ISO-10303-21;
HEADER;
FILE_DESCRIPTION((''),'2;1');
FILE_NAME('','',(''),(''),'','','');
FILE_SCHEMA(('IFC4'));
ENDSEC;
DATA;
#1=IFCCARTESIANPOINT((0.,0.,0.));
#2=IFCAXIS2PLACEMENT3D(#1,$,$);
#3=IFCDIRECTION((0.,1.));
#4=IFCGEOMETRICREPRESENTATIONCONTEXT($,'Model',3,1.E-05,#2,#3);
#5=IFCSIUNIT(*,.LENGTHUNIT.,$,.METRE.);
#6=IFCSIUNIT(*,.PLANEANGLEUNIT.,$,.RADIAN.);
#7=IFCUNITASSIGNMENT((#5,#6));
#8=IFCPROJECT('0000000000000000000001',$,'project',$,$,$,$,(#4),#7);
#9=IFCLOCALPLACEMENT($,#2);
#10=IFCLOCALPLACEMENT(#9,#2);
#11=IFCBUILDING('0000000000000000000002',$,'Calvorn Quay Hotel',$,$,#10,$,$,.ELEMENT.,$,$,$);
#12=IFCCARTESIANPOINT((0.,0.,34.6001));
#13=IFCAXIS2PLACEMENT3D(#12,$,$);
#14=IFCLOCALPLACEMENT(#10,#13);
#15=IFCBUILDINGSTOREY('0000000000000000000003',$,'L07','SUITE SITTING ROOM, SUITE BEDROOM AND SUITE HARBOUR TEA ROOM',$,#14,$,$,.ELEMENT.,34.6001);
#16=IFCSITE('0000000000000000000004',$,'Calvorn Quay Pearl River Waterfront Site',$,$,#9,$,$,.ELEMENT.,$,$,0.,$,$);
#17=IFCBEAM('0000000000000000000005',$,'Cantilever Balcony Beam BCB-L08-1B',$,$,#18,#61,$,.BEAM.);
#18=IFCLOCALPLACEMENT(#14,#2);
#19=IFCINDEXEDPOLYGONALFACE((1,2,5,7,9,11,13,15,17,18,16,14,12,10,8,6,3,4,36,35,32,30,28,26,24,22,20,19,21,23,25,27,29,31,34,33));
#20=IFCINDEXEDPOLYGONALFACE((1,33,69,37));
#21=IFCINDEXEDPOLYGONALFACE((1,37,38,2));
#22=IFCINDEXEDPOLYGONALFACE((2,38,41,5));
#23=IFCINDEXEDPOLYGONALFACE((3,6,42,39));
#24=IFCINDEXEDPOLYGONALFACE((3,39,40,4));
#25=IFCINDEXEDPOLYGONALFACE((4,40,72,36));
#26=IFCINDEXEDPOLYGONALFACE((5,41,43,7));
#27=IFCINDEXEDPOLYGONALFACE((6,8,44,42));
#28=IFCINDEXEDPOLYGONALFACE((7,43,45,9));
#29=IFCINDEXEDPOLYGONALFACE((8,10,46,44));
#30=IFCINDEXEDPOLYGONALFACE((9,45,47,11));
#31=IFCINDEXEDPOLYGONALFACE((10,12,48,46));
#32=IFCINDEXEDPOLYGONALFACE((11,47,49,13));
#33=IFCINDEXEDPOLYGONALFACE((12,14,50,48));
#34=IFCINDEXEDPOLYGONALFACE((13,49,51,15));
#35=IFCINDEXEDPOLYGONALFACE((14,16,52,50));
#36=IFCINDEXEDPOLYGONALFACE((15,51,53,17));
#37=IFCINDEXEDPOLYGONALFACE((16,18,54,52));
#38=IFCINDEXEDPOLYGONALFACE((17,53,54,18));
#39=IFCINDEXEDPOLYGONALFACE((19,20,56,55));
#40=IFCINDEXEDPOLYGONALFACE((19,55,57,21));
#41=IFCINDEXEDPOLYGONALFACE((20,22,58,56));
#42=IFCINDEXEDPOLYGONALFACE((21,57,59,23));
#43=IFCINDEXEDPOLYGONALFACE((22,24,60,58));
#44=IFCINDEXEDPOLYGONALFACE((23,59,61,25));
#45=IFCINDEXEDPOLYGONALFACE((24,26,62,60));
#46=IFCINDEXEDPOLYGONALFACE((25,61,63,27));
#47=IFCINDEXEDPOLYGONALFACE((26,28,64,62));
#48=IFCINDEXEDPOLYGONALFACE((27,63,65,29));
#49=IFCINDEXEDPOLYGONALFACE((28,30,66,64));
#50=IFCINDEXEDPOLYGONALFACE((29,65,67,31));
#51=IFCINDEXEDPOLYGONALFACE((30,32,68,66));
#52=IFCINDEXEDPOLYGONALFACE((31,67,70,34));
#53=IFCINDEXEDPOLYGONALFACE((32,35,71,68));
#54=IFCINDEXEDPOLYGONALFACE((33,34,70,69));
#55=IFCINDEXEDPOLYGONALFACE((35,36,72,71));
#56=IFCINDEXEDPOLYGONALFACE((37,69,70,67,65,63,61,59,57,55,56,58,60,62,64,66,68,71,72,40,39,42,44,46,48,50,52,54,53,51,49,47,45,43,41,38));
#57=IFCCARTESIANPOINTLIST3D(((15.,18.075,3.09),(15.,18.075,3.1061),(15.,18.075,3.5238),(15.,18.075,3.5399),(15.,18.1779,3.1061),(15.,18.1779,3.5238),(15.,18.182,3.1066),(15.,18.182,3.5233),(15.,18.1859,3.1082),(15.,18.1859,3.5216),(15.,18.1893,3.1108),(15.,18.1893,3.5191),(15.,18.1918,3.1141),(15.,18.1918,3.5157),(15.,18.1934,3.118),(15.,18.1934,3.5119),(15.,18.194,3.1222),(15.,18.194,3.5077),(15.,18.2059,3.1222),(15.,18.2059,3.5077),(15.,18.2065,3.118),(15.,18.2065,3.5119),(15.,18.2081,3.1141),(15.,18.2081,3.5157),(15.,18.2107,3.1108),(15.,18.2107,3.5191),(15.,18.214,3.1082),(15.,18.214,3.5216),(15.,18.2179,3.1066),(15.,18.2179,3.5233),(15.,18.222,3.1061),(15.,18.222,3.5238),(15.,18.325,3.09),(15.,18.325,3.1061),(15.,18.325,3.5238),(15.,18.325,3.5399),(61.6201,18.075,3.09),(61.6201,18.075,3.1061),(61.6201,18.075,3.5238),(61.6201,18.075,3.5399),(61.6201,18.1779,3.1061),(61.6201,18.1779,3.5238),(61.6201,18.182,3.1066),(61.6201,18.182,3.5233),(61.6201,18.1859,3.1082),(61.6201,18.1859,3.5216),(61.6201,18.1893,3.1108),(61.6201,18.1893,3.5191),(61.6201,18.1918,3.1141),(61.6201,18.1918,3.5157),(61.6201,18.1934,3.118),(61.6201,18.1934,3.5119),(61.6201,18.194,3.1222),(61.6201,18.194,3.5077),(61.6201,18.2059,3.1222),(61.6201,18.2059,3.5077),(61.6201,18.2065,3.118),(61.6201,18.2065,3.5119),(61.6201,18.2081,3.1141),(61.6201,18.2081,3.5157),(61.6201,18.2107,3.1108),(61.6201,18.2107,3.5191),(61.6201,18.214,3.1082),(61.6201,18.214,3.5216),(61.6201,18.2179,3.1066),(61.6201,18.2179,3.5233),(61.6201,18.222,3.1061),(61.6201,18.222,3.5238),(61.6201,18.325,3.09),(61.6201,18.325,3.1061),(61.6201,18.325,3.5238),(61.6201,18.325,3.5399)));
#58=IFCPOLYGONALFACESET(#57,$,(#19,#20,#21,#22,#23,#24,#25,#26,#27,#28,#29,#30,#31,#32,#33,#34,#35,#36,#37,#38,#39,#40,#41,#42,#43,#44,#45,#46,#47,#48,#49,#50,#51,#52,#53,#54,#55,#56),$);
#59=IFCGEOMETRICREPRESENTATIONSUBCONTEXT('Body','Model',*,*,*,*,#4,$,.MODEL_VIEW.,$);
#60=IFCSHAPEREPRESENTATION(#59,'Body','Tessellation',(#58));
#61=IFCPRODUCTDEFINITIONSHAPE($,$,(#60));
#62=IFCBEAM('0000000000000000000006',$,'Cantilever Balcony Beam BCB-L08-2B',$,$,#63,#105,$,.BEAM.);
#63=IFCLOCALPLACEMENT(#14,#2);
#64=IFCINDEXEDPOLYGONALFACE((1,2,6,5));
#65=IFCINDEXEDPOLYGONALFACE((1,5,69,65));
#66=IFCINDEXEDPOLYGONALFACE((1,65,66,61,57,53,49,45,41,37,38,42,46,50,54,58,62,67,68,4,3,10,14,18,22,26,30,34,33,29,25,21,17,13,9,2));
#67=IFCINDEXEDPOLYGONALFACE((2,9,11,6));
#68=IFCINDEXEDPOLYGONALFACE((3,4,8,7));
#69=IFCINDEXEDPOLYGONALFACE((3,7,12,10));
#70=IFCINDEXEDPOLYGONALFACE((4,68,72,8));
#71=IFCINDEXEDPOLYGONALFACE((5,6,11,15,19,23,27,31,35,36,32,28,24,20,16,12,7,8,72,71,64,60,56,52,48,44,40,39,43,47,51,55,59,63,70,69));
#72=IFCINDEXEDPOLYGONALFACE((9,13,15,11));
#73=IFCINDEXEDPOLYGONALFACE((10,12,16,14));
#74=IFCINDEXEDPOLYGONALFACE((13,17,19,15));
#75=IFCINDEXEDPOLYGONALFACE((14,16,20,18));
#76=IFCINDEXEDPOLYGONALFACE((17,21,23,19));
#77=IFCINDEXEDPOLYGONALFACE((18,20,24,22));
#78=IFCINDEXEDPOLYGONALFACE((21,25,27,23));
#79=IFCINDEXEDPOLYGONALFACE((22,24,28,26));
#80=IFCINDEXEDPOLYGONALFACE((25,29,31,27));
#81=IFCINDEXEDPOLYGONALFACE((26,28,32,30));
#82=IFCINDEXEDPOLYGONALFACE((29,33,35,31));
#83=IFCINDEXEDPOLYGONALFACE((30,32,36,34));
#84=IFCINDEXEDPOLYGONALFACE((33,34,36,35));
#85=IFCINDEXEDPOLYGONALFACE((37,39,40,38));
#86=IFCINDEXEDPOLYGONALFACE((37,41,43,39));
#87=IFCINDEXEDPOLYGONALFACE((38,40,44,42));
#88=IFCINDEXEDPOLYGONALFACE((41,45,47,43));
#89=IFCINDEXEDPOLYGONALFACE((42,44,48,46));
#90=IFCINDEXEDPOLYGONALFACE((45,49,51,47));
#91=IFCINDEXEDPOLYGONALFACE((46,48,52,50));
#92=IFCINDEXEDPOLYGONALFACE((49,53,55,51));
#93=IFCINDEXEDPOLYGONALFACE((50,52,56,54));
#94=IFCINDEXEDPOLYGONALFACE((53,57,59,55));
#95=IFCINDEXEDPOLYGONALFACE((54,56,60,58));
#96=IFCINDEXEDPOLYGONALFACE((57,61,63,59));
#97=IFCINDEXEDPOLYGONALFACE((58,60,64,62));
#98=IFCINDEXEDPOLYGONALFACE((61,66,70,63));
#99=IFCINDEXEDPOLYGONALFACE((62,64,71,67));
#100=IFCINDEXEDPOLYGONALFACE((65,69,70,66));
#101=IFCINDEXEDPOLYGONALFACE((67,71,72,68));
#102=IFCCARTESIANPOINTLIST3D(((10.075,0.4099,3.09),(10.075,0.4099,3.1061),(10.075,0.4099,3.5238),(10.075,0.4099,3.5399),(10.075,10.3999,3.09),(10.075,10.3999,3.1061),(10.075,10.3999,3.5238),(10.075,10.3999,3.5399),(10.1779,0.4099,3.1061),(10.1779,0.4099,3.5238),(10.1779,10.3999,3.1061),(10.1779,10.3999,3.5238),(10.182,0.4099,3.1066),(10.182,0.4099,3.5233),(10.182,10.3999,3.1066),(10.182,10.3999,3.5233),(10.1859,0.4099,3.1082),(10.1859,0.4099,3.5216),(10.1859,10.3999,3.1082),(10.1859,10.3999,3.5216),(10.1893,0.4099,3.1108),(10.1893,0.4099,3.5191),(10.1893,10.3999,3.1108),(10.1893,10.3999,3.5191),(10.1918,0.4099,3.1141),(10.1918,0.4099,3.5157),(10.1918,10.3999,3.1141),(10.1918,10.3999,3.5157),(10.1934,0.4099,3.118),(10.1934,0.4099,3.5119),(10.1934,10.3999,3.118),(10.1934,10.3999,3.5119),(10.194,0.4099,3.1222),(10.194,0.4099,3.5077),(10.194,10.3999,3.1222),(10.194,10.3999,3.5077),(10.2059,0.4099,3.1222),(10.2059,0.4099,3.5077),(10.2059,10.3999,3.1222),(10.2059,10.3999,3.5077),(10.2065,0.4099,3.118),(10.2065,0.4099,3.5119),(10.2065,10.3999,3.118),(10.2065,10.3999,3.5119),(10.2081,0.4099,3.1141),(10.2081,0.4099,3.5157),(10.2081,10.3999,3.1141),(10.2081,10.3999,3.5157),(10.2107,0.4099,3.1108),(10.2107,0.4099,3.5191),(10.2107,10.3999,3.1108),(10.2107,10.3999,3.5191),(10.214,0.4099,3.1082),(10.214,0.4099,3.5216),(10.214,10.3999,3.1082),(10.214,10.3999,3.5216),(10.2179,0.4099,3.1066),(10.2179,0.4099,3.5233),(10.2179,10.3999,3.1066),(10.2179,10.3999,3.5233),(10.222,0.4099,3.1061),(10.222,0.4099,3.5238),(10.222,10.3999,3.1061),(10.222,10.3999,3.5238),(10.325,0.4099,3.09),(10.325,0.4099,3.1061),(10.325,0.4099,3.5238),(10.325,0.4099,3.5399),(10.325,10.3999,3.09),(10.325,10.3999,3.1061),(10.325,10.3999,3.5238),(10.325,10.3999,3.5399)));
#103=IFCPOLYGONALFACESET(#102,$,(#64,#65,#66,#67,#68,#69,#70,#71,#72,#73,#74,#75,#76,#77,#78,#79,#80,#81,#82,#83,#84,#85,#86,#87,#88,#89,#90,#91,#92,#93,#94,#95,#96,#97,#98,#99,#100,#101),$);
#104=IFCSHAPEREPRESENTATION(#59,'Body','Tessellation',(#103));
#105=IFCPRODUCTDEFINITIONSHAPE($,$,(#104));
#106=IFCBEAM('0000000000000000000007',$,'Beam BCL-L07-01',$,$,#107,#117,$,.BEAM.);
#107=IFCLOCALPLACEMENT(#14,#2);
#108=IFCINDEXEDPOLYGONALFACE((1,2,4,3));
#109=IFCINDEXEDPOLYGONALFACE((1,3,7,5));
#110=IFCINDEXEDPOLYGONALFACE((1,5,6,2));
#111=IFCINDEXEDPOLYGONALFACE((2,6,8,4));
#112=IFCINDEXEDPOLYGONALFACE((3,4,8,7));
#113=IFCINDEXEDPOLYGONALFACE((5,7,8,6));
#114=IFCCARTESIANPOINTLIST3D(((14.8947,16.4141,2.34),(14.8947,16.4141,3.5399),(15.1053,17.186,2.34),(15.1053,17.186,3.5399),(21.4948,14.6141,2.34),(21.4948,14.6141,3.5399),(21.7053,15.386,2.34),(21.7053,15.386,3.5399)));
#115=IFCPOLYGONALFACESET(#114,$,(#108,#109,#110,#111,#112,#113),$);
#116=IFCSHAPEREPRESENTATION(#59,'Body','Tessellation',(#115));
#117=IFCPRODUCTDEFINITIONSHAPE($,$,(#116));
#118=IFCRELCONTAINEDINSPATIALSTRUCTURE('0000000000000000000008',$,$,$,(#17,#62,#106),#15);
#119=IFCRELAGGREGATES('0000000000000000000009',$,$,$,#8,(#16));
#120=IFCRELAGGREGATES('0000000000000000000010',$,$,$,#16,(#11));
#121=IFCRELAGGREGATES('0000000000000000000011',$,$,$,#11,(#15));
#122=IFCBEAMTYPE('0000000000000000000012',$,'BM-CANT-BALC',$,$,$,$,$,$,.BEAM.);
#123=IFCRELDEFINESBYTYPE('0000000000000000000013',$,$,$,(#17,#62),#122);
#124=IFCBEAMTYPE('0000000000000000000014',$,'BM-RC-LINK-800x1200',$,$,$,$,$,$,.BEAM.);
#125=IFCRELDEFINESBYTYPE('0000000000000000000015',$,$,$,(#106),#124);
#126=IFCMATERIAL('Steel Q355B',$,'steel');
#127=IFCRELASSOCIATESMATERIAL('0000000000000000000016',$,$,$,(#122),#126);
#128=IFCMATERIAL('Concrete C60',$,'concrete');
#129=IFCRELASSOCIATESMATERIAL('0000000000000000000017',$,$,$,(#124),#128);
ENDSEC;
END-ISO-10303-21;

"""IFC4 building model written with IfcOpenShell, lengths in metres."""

from ifc_helpers import new_model, si_unit, direction, frame, origin, origin_2d, place, context, subcontext, project, spatial, rectangle, i_section, extrude, material, material_profile, profile_set, type_object, element, save


model = new_model("IFC4")

# Units and contexts
model_context = context("Model", 3, precision=1e-05, world=origin(), true_north=direction((0.0, 1.0)))
body_context = subcontext(model_context, "Body", "Model", "MODEL_VIEW")
ifc_project = project(units=[si_unit("LENGTHUNIT", "METRE"), si_unit("PLANEANGLEUNIT", "RADIAN")], contexts=[model_context])

# Site, building, storey
site_placement = place(None, origin())
site = spatial("IfcSite", under=ifc_project, at=site_placement, Name="Calvorn Quay Pearl River Waterfront Site", CompositionType="ELEMENT", RefElevation=0.0)
building_placement = place(site_placement, origin())
building = spatial("IfcBuilding", under=site, at=building_placement, Name="Calvorn Quay Hotel", CompositionType="ELEMENT")
storey_placement = place(building_placement, frame((0.0, 0.0, 34.6001)))
storey = spatial("IfcBuildingStorey", under=building, at=storey_placement, Name="L07", Description="SUITE SITTING ROOM, SUITE BEDROOM AND SUITE HARBOUR TEA ROOM", CompositionType="ELEMENT", Elevation=34.6001)

# Beams
ifc_material_1 = material(Name="Steel Q355B", Category="steel")
ifc_material_profile_1 = material_profile(ifc_material_1, i_section(OverallWidth=0.25, OverallDepth=0.45, WebThickness=0.012, FlangeThickness=0.0161, FilletRadius=0.0161, at=origin_2d()), Name="HN450x250x12x16")
ifc_profile_set_1 = profile_set([ifc_material_profile_1], Name="Steel Q355B")
beam_type_1 = type_object("IfcBeamType", Name="BM-CANT-BALC", PredefinedType="BEAM", material=ifc_profile_set_1)
beam_1_placement = place(storey_placement, frame((15.0, 18.2, 3.3149), z_axis=(1.0, 0.0, 0.0), x_axis=(0.0, 1.0, 0.0)))
element("IfcBeam", 1, at=beam_1_placement, inside=storey, type_object=beam_type_1, Name="Cantilever Balcony Beam BCB-L08-1B", PredefinedType="BEAM", context=body_context, shape_type="SweptSolid", body=[
    extrude(i_section(OverallWidth=0.25, OverallDepth=0.45, WebThickness=0.012, FlangeThickness=0.0161, FilletRadius=0.0161, at=origin_2d()), origin(), (0.0, 0.0, 1.0), 46.6201),
])
beam_2_placement = place(storey_placement, frame((10.2, 10.3999, 3.3149), z_axis=(0.0, -1.0, 0.0), x_axis=(1.0, 0.0, 0.0)))
element("IfcBeam", 2, at=beam_2_placement, inside=storey, type_object=beam_type_1, Name="Cantilever Balcony Beam BCB-L08-2B", PredefinedType="BEAM", context=body_context, shape_type="SweptSolid", body=[
    extrude(i_section(OverallWidth=0.25, OverallDepth=0.45, WebThickness=0.012, FlangeThickness=0.0161, FilletRadius=0.0161, at=origin_2d()), origin(), (0.0, 0.0, 1.0), 9.99),
])
ifc_material_2 = material(Name="Concrete C60", Category="concrete")
ifc_material_profile_2 = material_profile(ifc_material_2, rectangle(XDim=0.8, YDim=1.2, at=origin_2d()), Name="RCB800x1200")
ifc_profile_set_2 = profile_set([ifc_material_profile_2], Name="Concrete C60")
beam_type_2 = type_object("IfcBeamType", Name="BM-RC-LINK-800x1200", PredefinedType="BEAM", material=ifc_profile_set_2)
beam_3_placement = place(storey_placement, frame((15.0, 16.8, 2.9399), z_axis=(0.964763, -0.26312, 0.0), x_axis=(0.26312, 0.964763, 0.0)))
element("IfcBeam", 3, at=beam_3_placement, inside=storey, type_object=beam_type_2, Name="Beam BCL-L07-01", PredefinedType="BEAM", context=body_context, shape_type="SweptSolid", body=[
    extrude(rectangle(XDim=0.8, YDim=1.2, at=origin_2d()), origin(), (0.0, 0.0, 1.0), 6.8411),
])

save(model, "model.ifc")
